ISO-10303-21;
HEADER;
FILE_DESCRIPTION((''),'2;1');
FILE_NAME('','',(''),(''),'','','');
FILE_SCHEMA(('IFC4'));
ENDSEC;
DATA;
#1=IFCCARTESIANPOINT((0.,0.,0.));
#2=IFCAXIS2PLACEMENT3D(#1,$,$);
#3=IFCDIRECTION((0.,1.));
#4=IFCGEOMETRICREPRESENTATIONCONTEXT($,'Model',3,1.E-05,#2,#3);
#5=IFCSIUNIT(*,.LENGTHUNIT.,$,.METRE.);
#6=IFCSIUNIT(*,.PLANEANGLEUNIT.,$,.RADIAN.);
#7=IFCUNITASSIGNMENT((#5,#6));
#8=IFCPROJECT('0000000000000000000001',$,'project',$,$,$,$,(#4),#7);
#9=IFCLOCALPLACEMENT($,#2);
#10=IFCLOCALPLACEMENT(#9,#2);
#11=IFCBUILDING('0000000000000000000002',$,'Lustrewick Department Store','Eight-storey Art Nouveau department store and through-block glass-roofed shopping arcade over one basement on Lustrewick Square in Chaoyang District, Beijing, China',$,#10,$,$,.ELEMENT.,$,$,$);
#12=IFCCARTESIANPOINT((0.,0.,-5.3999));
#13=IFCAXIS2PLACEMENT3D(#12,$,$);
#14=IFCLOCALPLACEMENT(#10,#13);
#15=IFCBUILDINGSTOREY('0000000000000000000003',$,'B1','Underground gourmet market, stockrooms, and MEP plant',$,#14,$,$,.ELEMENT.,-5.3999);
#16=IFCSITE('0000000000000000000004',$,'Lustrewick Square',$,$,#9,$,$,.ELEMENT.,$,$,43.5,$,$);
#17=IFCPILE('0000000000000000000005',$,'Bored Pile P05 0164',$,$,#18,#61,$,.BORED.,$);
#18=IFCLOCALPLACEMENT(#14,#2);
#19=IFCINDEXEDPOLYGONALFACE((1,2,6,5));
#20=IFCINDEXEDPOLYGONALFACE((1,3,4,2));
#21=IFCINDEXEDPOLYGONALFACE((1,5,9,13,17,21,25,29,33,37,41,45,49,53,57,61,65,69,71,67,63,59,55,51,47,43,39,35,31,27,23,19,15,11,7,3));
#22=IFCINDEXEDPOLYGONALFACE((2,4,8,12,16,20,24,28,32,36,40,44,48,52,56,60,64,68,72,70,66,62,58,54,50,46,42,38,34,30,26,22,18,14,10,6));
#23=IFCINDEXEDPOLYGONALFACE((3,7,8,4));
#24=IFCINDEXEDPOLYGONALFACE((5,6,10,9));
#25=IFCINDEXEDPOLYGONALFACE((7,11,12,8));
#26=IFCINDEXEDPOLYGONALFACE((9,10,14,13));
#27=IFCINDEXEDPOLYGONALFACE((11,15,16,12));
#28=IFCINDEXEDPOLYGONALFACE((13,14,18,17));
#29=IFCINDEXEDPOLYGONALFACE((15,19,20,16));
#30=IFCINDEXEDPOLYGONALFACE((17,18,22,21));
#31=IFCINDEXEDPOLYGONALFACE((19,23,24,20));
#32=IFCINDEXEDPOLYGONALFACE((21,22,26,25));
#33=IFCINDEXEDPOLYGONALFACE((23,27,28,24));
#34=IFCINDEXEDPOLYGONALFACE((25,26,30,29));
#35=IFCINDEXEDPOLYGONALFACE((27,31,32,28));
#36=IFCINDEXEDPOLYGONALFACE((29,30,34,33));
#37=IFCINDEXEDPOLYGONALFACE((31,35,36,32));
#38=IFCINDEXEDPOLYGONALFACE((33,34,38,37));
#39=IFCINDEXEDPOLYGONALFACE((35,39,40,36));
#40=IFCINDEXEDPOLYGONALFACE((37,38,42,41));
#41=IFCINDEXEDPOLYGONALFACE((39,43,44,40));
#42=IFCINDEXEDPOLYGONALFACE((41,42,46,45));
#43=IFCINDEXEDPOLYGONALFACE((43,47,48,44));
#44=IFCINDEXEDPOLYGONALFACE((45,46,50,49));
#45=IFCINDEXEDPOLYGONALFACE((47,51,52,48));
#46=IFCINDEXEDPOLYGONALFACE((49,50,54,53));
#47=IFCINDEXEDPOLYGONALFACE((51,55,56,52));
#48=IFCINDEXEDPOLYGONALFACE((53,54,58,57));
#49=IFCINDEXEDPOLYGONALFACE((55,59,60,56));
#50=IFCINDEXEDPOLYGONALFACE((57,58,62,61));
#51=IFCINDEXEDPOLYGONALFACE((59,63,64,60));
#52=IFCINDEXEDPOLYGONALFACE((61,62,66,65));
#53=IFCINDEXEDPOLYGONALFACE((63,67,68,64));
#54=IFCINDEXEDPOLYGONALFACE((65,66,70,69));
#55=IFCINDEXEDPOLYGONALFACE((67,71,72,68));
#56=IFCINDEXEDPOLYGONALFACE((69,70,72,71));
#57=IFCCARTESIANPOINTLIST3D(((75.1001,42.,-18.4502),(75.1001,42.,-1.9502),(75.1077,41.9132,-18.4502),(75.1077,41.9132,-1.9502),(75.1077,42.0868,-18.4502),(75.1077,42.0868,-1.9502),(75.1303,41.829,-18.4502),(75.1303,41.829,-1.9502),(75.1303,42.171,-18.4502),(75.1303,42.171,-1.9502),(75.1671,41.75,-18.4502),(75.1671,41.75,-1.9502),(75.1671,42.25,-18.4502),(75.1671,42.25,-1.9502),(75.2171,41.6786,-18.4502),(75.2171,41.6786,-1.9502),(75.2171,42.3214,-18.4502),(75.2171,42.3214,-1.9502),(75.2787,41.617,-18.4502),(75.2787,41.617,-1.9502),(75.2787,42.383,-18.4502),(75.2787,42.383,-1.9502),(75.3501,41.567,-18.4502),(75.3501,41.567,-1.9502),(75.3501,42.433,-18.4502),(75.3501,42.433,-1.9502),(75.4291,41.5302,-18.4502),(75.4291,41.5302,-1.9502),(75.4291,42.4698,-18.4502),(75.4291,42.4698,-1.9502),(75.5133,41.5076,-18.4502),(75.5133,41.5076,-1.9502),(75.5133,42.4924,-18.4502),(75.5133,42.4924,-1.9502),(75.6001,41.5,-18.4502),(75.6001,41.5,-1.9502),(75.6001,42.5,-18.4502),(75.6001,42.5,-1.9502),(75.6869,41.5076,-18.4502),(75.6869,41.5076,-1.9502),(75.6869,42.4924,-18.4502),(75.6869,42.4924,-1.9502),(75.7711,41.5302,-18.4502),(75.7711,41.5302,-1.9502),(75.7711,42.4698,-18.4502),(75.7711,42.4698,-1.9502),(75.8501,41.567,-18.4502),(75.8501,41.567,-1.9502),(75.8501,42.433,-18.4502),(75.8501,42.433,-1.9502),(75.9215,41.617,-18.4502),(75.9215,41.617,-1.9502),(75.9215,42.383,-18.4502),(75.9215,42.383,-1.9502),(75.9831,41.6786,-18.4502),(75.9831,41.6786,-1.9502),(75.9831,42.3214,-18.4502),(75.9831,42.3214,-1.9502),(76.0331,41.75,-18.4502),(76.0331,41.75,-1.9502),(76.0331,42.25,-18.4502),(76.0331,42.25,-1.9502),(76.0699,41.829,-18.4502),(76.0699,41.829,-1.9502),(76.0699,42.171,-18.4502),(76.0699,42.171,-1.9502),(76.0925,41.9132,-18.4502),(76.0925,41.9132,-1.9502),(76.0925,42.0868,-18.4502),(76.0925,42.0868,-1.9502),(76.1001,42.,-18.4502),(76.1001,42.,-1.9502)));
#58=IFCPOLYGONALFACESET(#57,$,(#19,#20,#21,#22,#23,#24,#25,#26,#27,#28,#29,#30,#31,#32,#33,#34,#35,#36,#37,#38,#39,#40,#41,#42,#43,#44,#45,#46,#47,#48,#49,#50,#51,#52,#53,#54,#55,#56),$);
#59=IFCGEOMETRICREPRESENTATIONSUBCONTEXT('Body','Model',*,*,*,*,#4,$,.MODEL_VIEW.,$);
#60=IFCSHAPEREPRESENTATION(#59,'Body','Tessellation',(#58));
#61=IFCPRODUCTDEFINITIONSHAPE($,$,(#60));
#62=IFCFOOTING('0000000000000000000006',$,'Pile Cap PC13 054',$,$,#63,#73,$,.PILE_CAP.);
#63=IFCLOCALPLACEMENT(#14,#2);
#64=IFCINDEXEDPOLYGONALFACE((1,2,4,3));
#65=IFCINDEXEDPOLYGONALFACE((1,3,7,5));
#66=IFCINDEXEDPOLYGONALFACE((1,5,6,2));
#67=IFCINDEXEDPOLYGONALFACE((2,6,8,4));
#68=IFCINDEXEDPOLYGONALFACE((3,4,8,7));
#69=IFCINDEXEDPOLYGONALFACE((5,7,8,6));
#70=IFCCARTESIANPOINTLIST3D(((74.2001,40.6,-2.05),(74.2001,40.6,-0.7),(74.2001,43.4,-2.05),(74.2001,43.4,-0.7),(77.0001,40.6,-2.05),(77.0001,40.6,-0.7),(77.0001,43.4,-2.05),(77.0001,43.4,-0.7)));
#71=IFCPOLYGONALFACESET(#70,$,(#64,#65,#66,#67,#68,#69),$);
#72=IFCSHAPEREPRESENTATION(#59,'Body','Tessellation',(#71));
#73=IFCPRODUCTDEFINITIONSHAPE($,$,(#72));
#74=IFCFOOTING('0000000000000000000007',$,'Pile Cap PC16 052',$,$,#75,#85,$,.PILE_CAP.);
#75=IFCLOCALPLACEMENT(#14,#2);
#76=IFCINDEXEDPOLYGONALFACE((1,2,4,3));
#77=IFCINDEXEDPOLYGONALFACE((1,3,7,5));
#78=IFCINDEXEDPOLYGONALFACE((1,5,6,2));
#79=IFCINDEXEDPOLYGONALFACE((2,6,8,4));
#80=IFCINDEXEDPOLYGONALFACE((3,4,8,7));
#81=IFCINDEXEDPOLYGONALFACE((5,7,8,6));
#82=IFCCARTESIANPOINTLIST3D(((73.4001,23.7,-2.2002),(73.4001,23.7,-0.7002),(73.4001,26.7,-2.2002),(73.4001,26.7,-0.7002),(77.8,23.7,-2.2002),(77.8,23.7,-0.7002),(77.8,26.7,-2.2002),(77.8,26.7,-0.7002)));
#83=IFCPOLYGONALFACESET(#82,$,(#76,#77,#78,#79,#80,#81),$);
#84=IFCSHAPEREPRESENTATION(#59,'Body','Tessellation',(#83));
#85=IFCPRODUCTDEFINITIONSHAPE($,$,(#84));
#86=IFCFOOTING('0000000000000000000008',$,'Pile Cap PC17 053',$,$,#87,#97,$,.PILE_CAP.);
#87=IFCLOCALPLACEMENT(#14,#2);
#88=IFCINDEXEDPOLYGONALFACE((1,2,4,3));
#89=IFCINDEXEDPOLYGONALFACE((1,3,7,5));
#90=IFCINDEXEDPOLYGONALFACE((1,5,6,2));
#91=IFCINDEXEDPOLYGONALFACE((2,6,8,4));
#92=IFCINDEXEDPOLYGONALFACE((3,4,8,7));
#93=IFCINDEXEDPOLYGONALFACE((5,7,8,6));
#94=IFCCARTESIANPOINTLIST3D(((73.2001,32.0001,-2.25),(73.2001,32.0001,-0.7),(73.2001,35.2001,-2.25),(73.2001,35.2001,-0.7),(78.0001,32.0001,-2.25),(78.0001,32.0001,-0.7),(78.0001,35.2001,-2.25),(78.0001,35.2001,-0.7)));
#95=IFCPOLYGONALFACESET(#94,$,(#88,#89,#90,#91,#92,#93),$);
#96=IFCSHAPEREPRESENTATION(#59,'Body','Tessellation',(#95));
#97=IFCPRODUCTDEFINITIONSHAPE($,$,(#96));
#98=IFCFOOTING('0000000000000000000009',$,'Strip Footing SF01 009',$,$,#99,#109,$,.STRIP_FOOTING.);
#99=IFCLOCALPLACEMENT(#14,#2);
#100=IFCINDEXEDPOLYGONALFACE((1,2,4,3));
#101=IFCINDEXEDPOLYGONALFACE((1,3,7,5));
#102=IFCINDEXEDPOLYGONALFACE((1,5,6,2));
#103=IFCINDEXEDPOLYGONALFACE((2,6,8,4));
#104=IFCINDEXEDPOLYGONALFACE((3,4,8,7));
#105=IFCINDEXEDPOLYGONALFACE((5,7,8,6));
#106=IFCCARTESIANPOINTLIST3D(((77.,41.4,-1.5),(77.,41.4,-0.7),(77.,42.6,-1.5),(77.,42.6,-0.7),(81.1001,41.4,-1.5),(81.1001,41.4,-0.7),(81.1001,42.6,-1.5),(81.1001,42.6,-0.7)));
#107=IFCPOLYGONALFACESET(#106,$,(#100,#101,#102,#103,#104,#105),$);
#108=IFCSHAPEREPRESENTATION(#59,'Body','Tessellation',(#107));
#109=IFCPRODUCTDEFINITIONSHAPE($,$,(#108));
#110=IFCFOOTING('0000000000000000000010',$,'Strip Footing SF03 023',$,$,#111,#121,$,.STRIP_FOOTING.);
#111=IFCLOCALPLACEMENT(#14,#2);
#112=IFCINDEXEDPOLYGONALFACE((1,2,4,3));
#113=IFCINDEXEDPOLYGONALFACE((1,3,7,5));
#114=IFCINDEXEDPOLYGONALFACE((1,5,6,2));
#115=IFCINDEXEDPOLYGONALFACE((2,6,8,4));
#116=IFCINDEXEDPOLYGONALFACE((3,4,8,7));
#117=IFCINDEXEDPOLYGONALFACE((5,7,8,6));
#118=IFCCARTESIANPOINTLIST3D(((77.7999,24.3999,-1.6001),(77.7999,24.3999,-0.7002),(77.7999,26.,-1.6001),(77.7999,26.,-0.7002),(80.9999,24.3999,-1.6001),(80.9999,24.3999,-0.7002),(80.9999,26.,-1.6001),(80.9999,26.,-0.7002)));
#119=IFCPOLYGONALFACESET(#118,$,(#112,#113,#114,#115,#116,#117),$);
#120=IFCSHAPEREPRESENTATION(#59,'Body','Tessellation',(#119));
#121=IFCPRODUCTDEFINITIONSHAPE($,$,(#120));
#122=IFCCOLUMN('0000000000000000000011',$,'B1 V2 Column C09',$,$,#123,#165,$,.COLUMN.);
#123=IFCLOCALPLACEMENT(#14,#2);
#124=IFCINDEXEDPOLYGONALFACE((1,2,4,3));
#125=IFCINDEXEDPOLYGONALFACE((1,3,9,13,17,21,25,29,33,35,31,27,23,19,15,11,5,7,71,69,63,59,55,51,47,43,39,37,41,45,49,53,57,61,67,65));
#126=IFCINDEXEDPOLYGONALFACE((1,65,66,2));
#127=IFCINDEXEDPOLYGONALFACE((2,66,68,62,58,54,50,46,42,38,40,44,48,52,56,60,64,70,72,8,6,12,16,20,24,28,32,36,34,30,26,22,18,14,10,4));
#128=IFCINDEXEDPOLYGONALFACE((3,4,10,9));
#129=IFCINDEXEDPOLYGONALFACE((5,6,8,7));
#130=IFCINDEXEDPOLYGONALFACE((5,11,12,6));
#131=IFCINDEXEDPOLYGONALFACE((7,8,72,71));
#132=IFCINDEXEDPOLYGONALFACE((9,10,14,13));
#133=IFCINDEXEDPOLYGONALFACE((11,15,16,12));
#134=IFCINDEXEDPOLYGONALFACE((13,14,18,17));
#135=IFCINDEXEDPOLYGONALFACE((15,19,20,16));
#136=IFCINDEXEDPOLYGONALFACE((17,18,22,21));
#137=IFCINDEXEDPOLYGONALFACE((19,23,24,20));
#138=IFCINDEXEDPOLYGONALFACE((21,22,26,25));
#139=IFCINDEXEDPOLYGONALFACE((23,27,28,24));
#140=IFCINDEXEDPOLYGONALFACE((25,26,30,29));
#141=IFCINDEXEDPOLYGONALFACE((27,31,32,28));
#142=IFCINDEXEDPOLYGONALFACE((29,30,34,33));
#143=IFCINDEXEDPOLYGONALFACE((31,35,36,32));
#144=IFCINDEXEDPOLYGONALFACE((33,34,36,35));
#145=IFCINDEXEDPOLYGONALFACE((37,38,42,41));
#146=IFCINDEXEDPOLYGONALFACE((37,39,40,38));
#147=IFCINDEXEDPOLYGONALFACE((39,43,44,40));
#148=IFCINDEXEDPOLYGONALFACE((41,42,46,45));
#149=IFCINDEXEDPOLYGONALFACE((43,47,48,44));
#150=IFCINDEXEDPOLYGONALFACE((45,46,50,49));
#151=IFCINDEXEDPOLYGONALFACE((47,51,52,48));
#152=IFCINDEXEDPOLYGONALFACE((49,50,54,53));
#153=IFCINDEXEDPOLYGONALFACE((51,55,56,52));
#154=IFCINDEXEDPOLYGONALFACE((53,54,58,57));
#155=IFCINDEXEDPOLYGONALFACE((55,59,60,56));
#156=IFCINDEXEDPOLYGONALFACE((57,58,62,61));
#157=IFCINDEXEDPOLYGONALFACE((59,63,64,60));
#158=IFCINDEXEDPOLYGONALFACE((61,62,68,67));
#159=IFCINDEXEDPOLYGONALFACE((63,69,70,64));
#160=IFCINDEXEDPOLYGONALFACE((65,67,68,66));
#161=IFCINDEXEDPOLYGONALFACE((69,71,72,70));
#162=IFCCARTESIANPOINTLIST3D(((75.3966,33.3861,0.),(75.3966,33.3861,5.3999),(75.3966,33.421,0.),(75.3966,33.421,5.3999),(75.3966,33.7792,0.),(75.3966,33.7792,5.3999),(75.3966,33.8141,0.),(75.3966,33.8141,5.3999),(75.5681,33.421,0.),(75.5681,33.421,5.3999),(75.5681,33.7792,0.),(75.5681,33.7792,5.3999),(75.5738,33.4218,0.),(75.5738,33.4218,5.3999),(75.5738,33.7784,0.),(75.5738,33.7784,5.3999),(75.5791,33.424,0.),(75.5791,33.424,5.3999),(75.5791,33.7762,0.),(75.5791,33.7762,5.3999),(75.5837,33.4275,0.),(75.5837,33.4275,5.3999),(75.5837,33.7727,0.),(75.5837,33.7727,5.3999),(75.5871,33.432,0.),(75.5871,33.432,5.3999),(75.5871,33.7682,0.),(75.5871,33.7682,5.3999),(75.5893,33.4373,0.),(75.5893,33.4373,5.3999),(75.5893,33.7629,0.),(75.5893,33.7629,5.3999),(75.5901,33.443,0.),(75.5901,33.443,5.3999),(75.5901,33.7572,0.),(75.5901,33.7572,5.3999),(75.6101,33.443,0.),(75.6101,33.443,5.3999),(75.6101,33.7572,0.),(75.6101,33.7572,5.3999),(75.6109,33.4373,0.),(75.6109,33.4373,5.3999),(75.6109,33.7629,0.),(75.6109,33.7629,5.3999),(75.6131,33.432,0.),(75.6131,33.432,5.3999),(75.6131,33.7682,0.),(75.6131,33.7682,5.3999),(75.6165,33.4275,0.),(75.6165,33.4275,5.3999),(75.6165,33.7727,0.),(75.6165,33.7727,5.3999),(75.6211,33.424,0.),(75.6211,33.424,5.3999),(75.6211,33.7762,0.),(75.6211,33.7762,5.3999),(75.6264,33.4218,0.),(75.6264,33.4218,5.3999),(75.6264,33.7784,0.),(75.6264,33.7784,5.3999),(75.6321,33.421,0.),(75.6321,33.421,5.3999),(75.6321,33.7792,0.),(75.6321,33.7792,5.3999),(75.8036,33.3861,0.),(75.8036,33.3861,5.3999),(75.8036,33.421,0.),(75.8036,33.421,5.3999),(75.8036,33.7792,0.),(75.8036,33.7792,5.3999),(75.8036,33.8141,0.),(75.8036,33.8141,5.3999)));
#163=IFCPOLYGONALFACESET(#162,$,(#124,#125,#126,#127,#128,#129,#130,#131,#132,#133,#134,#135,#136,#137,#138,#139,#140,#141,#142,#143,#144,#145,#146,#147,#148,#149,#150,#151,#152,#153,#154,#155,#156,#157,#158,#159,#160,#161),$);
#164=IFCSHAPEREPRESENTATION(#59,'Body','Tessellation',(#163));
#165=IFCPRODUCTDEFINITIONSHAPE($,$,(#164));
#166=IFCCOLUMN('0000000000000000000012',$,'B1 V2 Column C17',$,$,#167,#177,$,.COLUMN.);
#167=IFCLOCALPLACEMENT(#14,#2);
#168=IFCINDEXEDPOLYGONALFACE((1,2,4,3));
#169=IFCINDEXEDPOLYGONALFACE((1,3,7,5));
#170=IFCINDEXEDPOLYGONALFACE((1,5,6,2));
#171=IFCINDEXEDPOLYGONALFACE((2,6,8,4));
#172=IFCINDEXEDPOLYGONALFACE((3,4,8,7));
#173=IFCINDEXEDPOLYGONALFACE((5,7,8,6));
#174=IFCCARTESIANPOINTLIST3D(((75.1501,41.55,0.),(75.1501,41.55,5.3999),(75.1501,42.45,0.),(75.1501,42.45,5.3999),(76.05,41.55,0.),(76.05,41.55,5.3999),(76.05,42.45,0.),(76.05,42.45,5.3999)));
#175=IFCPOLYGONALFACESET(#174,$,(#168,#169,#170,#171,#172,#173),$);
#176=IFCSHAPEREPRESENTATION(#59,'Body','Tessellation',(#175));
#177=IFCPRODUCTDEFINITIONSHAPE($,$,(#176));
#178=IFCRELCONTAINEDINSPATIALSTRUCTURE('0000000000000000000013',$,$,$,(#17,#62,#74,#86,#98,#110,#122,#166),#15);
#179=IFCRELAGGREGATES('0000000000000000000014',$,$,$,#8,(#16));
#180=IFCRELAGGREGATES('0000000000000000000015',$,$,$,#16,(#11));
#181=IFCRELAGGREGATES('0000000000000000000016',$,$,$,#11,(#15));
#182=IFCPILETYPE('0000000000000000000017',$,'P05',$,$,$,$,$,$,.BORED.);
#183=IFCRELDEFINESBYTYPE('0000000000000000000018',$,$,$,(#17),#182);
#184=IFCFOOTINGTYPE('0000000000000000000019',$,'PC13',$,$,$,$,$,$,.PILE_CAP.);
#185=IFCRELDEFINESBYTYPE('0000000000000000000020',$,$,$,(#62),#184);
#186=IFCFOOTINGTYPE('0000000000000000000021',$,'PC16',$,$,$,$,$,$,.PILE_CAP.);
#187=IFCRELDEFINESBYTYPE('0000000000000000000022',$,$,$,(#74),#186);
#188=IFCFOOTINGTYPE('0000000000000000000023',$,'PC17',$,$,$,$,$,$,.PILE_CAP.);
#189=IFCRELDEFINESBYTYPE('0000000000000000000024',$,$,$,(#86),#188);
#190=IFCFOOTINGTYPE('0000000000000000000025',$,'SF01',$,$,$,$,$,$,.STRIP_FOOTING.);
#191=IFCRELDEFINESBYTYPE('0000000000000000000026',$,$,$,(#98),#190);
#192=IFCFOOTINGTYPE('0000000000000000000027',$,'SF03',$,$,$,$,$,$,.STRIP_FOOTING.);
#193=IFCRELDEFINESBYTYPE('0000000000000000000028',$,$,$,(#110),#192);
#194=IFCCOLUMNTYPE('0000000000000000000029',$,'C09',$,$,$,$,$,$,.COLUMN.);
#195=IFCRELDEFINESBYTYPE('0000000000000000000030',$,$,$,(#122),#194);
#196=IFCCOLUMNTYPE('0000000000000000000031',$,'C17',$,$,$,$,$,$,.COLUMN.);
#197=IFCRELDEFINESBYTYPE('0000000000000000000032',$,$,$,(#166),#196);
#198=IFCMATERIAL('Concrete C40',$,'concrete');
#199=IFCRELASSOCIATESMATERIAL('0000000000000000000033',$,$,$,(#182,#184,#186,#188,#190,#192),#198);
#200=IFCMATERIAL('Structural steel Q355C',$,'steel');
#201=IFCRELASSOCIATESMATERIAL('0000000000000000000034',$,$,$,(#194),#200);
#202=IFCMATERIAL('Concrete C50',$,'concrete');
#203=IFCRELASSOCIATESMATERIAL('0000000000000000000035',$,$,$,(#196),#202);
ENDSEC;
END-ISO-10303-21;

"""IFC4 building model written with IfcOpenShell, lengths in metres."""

from ifc_helpers import new_model, si_unit, direction, frame, origin, origin_2d, place, context, subcontext, project, spatial, rectangle, circle, i_section, extrude, material, material_profile, profile_set, type_object, element, save


model = new_model("IFC4")

# Units and contexts
model_context = context("Model", 3, precision=1e-05, world=origin(), true_north=direction((0.0, 1.0)))
body_context = subcontext(model_context, "Body", "Model", "MODEL_VIEW")
ifc_project = project(units=[si_unit("LENGTHUNIT", "METRE"), si_unit("PLANEANGLEUNIT", "RADIAN")], contexts=[model_context])

# Site, building, storey
site_placement = place(None, origin())
site = spatial("IfcSite", under=ifc_project, at=site_placement, Name="Lustrewick Square", CompositionType="ELEMENT", RefElevation=43.5)
building_placement = place(site_placement, origin())
building = spatial("IfcBuilding", under=site, at=building_placement, Name="Lustrewick Department Store", Description="Eight-storey Art Nouveau department store and through-block glass-roofed shopping arcade over one basement on Lustrewick Square in Chaoyang District, Beijing, China", CompositionType="ELEMENT")
storey_placement = place(building_placement, frame((0.0, 0.0, -5.3999)))
storey = spatial("IfcBuildingStorey", under=building, at=storey_placement, Name="B1", Description="Underground gourmet market, stockrooms, and MEP plant", CompositionType="ELEMENT", Elevation=-5.3999)

# Pile
ifc_material_1 = material(Name="Concrete C40", Category="concrete")
ifc_material_profile_1 = material_profile(ifc_material_1, circle(Radius=0.5, at=origin_2d()), Name="PILE D1000")
ifc_profile_set_1 = profile_set([ifc_material_profile_1], Name="Concrete C40")
pile_type_1 = type_object("IfcPileType", Name="P05", PredefinedType="BORED", material=ifc_profile_set_1)
pile_placement = place(storey_placement, frame((75.6001, 42.0, -1.9502), z_axis=(0.0, 0.0, -1.0), x_axis=(1.0, 0.0, 0.0)))
element("IfcPile", 1, at=pile_placement, inside=storey, type_object=pile_type_1, Name="Bored Pile P05 0164", PredefinedType="BORED", context=body_context, shape_type="SweptSolid", body=[
    extrude(circle(Radius=0.5, at=origin_2d()), origin(), (0.0, 0.0, 1.0), 16.5),
])

# Footings
footing_type_1 = type_object("IfcFootingType", Name="PC13", PredefinedType="PILE_CAP", material=ifc_material_1)
footing_1_placement = place(storey_placement, frame((75.6001, 42.0, -2.05), z_axis=(0.0, 0.0, 1.0), x_axis=(1.0, 0.0, 0.0)))
element("IfcFooting", 2, at=footing_1_placement, inside=storey, type_object=footing_type_1, Name="Pile Cap PC13 054", PredefinedType="PILE_CAP", context=body_context, shape_type="SweptSolid", body=[
    extrude(rectangle(XDim=2.8, YDim=2.8, at=origin_2d()), origin(), (0.0, 0.0, 1.0), 1.3501),
])
footing_type_2 = type_object("IfcFootingType", Name="PC16", PredefinedType="PILE_CAP", material=ifc_material_1)
footing_2_placement = place(storey_placement, frame((75.6001, 25.2, -2.2002), z_axis=(0.0, 0.0, 1.0), x_axis=(1.0, 0.0, 0.0)))
element("IfcFooting", 3, at=footing_2_placement, inside=storey, type_object=footing_type_2, Name="Pile Cap PC16 052", PredefinedType="PILE_CAP", context=body_context, shape_type="SweptSolid", body=[
    extrude(rectangle(XDim=4.3999, YDim=3.0, at=origin_2d()), origin(), (0.0, 0.0, 1.0), 1.5),
])
footing_type_3 = type_object("IfcFootingType", Name="PC17", PredefinedType="PILE_CAP", material=ifc_material_1)
footing_3_placement = place(storey_placement, frame((75.6001, 33.6001, -2.25), z_axis=(0.0, 0.0, 1.0), x_axis=(1.0, 0.0, 0.0)))
element("IfcFooting", 4, at=footing_3_placement, inside=storey, type_object=footing_type_3, Name="Pile Cap PC17 053", PredefinedType="PILE_CAP", context=body_context, shape_type="SweptSolid", body=[
    extrude(rectangle(XDim=4.8, YDim=3.2, at=origin_2d()), origin(), (0.0, 0.0, 1.0), 1.55),
])
footing_type_4 = type_object("IfcFootingType", Name="SF01", PredefinedType="STRIP_FOOTING", material=ifc_material_1)
footing_4_placement = place(storey_placement, frame((79.05, 42.0, -1.5), z_axis=(0.0, 0.0, 1.0), x_axis=(1.0, 0.0, 0.0)))
element("IfcFooting", 5, at=footing_4_placement, inside=storey, type_object=footing_type_4, Name="Strip Footing SF01 009", PredefinedType="STRIP_FOOTING", context=body_context, shape_type="SweptSolid", body=[
    extrude(rectangle(XDim=4.1001, YDim=1.2, at=origin_2d()), origin(), (0.0, 0.0, 1.0), 0.8),
])
footing_type_5 = type_object("IfcFootingType", Name="SF03", PredefinedType="STRIP_FOOTING", material=ifc_material_1)
footing_5_placement = place(storey_placement, frame((79.3999, 25.2, -1.6001), z_axis=(0.0, 0.0, 1.0), x_axis=(1.0, 0.0, 0.0)))
element("IfcFooting", 6, at=footing_5_placement, inside=storey, type_object=footing_type_5, Name="Strip Footing SF03 023", PredefinedType="STRIP_FOOTING", context=body_context, shape_type="SweptSolid", body=[
    extrude(rectangle(XDim=3.2, YDim=1.6001, at=origin_2d()), origin(), (0.0, 0.0, 1.0), 0.8999),
])

# Columns
ifc_material_2 = material(Name="Structural steel Q355C", Category="steel")
ifc_material_profile_2 = material_profile(ifc_material_2, i_section(OverallWidth=0.407, OverallDepth=0.428, WebThickness=0.02, FlangeThickness=0.0349, FilletRadius=0.022, at=origin_2d()), Name="HW 428x407x20x35")
ifc_profile_set_2 = profile_set([ifc_material_profile_2], Name="Structural steel Q355C")
column_type_1 = type_object("IfcColumnType", Name="C09", PredefinedType="COLUMN", material=ifc_profile_set_2)
column_1_placement = place(storey_placement, frame((75.6001, 33.6001, 0.0), z_axis=(0.0, 0.0, 1.0), x_axis=(1.0, 0.0, 0.0)))
element("IfcColumn", 7, at=column_1_placement, inside=storey, type_object=column_type_1, Name="B1 V2 Column C09", PredefinedType="COLUMN", context=body_context, shape_type="SweptSolid", body=[
    extrude(i_section(OverallWidth=0.407, OverallDepth=0.428, WebThickness=0.02, FlangeThickness=0.0349, FilletRadius=0.022, at=origin_2d()), origin(), (0.0, 0.0, 1.0), 5.3999),
])
ifc_material_3 = material(Name="Concrete C50", Category="concrete")
ifc_material_profile_3 = material_profile(ifc_material_3, rectangle(XDim=0.8999, YDim=0.8999, at=origin_2d()), Name="RC 900x900")
ifc_profile_set_3 = profile_set([ifc_material_profile_3], Name="Concrete C50")
column_type_2 = type_object("IfcColumnType", Name="C17", PredefinedType="COLUMN", material=ifc_profile_set_3)
column_2_placement = place(storey_placement, frame((75.6001, 42.0, 0.0), z_axis=(0.0, 0.0, 1.0), x_axis=(1.0, 0.0, 0.0)))
element("IfcColumn", 8, at=column_2_placement, inside=storey, type_object=column_type_2, Name="B1 V2 Column C17", PredefinedType="COLUMN", context=body_context, shape_type="SweptSolid", body=[
    extrude(rectangle(XDim=0.8999, YDim=0.8999, at=origin_2d()), origin(), (0.0, 0.0, 1.0), 5.3999),
])

save(model, "model.ifc")
